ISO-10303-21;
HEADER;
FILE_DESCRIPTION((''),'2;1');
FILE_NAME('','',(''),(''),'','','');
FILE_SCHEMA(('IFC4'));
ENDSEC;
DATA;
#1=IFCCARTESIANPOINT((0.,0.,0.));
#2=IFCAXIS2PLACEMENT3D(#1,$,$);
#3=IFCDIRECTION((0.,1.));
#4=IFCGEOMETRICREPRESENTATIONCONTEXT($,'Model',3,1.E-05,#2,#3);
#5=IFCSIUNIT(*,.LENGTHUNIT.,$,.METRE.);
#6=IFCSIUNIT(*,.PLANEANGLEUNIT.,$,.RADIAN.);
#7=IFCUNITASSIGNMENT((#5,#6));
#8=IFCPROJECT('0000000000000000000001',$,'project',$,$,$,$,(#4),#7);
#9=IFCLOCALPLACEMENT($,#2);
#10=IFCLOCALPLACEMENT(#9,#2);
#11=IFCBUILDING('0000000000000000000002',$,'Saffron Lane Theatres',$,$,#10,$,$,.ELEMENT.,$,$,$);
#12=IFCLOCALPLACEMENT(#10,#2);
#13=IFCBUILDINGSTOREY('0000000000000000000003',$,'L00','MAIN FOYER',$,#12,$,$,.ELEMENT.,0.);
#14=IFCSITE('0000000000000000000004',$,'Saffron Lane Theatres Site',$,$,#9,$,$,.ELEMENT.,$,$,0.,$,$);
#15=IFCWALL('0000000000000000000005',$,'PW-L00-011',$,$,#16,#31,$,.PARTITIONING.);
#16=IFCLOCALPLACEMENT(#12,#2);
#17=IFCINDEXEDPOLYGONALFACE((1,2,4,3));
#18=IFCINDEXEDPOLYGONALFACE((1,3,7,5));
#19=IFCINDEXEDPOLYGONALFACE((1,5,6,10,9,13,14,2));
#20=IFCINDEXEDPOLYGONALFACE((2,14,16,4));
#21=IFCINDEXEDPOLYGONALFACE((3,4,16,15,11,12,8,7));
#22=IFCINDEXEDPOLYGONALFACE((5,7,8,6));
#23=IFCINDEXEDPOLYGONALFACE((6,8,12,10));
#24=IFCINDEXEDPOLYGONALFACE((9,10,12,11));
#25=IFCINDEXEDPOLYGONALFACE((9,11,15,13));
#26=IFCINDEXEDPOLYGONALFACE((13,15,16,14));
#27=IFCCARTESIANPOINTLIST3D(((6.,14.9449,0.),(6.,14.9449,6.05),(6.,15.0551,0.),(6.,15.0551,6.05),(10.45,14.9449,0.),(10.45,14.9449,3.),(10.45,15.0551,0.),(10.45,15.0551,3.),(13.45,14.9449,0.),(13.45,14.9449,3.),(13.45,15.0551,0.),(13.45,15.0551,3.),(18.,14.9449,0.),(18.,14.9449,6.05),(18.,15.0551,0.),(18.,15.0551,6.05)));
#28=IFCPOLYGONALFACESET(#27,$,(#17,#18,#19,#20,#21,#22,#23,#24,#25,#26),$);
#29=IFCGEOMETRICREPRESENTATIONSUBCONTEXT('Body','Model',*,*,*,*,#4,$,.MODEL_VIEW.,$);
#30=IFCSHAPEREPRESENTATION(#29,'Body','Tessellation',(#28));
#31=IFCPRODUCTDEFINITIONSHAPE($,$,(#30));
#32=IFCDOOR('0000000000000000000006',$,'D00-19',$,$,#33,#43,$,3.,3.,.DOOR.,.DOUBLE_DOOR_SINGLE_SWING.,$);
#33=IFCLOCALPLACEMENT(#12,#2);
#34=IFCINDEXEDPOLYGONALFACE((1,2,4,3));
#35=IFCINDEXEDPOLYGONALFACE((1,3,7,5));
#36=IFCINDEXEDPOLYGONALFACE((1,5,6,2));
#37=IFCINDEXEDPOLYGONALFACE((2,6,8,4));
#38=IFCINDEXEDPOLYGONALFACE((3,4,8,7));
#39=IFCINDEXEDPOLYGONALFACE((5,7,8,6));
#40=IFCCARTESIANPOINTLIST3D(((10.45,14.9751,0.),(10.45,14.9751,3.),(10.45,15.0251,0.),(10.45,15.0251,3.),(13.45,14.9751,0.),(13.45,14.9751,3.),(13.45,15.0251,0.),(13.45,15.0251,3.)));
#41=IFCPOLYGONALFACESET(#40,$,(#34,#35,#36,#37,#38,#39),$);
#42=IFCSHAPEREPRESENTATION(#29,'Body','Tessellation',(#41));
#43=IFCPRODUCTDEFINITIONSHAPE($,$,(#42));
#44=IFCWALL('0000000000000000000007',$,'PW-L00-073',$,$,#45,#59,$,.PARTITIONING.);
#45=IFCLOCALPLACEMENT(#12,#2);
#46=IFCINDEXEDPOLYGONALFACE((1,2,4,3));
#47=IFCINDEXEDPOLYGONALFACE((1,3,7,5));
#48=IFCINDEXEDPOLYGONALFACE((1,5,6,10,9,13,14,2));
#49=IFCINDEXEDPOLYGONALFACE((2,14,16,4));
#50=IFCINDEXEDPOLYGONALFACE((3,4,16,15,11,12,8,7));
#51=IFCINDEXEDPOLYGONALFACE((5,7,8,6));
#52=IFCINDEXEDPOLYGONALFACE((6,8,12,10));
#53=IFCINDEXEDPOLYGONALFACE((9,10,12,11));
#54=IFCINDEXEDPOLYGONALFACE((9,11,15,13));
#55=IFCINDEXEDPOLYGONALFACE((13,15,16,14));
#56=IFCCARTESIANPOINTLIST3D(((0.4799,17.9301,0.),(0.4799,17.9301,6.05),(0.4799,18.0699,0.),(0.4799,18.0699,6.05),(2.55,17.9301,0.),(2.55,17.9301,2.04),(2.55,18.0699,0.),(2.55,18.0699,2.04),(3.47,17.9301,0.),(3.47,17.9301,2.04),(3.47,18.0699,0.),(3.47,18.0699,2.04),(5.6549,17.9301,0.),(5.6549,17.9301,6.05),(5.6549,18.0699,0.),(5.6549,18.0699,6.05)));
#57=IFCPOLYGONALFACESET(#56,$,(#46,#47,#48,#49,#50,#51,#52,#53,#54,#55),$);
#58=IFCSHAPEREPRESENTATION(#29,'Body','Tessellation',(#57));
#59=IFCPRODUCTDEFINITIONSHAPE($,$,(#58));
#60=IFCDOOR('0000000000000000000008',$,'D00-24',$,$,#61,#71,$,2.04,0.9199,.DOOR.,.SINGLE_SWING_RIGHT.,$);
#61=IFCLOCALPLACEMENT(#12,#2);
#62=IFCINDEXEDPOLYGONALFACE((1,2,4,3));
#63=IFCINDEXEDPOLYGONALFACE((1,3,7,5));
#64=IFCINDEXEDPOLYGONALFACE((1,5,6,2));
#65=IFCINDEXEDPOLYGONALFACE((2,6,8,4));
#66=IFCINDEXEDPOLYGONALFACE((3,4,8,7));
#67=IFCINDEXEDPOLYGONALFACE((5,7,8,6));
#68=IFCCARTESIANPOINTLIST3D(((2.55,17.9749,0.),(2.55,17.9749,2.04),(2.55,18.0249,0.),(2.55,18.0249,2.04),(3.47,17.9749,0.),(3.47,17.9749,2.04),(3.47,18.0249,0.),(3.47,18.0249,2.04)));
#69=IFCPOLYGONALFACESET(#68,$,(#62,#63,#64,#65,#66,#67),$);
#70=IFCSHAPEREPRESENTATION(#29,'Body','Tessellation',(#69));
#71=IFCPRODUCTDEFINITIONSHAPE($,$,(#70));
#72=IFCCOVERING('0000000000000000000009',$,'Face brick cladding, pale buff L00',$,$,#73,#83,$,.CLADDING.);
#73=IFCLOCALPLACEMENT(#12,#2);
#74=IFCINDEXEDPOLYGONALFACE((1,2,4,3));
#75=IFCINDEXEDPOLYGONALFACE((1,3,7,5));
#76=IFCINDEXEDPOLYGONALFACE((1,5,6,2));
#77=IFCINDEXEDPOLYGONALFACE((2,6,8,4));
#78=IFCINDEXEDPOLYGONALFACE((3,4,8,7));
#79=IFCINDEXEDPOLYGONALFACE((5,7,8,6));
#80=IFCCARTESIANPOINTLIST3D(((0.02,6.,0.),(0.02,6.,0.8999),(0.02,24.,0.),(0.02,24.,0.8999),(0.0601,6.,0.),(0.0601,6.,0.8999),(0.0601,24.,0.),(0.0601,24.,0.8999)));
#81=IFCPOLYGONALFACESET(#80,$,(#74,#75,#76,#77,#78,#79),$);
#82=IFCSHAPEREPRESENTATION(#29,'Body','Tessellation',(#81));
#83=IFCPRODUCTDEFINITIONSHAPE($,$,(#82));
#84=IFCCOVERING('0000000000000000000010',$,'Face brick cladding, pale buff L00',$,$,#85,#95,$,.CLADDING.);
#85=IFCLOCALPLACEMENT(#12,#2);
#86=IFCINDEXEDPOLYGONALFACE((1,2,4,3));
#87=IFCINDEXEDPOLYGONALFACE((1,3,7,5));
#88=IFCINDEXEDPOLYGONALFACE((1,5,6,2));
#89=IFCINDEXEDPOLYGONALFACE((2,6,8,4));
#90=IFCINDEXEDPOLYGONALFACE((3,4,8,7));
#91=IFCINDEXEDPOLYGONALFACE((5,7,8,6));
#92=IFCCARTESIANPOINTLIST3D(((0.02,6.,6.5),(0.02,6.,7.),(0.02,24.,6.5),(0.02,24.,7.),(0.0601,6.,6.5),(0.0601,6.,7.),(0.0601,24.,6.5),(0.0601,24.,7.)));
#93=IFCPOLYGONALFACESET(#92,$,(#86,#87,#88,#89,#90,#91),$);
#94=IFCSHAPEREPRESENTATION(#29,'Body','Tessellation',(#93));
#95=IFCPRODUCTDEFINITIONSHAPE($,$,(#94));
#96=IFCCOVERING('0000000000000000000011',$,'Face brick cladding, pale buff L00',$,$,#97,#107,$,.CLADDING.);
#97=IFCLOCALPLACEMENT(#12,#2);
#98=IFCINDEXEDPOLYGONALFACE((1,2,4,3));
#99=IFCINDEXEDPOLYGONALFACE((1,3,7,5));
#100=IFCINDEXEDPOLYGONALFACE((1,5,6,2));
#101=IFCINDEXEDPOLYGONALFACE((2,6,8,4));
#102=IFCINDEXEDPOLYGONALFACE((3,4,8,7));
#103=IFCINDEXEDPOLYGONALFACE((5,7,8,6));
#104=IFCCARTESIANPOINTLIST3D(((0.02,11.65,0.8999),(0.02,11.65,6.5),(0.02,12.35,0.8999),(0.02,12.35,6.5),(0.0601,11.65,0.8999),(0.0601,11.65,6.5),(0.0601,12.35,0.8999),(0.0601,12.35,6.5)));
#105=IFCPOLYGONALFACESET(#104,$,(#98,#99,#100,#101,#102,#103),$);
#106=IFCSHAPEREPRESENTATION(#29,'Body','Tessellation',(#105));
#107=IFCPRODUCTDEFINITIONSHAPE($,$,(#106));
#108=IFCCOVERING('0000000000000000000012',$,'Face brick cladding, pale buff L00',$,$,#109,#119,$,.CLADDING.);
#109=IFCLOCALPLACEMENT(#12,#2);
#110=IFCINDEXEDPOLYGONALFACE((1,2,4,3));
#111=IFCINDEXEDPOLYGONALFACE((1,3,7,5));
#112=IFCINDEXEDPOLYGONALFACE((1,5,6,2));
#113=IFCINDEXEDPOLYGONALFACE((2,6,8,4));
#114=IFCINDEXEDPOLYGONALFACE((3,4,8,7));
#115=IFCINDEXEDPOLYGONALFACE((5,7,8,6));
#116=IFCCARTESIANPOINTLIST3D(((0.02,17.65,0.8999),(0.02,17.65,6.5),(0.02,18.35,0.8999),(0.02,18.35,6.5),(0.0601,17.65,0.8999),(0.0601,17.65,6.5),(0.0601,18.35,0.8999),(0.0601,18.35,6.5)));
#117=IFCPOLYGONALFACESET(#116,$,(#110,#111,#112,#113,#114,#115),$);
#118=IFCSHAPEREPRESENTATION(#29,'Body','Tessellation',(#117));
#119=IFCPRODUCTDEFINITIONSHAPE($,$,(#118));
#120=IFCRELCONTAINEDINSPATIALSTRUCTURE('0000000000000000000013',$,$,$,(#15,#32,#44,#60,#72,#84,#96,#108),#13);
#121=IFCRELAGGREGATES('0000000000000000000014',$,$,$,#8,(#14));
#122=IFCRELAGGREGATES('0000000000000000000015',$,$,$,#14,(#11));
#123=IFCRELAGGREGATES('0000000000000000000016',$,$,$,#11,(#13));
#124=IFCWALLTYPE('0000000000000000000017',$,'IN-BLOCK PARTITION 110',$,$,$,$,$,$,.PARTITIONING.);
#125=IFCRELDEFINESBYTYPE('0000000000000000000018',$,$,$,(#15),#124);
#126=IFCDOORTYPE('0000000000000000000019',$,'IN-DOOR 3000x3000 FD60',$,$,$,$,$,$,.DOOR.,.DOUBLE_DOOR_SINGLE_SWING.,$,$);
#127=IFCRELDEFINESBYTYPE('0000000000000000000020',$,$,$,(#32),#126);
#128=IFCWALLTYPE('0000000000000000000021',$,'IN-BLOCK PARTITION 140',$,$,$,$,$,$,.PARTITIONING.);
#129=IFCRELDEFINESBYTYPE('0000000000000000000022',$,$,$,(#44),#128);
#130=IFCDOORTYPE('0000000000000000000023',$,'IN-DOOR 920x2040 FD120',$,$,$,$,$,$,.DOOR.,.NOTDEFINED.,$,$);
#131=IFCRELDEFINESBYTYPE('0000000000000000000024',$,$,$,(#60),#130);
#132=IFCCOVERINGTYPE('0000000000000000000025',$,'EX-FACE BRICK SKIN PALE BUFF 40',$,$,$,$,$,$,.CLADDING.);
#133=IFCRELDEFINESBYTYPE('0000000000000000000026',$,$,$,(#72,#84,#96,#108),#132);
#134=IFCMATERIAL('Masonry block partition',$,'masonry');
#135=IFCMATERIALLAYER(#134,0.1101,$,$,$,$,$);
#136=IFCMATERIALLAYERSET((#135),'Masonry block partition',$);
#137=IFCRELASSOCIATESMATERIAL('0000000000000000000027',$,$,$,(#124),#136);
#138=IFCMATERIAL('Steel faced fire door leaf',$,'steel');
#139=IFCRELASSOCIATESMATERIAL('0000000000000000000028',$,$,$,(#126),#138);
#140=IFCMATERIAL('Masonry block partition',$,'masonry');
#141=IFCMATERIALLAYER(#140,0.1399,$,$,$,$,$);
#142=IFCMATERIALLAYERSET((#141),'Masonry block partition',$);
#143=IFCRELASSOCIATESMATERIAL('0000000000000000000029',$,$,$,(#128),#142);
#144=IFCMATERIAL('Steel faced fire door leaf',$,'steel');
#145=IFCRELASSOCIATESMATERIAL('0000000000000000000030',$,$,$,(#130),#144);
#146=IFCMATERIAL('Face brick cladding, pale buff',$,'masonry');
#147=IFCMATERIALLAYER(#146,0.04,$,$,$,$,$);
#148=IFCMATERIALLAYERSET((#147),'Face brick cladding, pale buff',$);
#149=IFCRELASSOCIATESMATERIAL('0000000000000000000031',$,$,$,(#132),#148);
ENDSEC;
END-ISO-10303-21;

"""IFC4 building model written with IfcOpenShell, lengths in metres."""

from ifc_helpers import new_model, si_unit, direction, frame, frame_2d, origin, origin_2d, place, context, subcontext, project, spatial, rectangle, extrude, material, layer, layer_set, type_object, element, fill, save


model = new_model("IFC4")

# Units and contexts
model_context = context("Model", 3, precision=1e-05, world=origin(), true_north=direction((0.0, 1.0)))
body_context = subcontext(model_context, "Body", "Model", "MODEL_VIEW")
ifc_project = project(units=[si_unit("LENGTHUNIT", "METRE"), si_unit("PLANEANGLEUNIT", "RADIAN")], contexts=[model_context])

# Site, building, storey
site_placement = place(None, origin())
site = spatial("IfcSite", under=ifc_project, at=site_placement, Name="Saffron Lane Theatres Site", CompositionType="ELEMENT", RefElevation=0.0)
building_placement = place(site_placement, origin())
building = spatial("IfcBuilding", under=site, at=building_placement, Name="Saffron Lane Theatres", CompositionType="ELEMENT")
storey_placement = place(building_placement, origin())
storey = spatial("IfcBuildingStorey", under=building, at=storey_placement, Name="L00", Description="MAIN FOYER", CompositionType="ELEMENT", Elevation=0.0)

# Shared definitions
ifc_material_1 = material(Name="Masonry block partition", Category="masonry")
ifc_layer_1 = layer(ifc_material_1, 0.1101)
ifc_layer_set_1 = layer_set([ifc_layer_1], Name="Masonry block partition")
wall_type_1 = type_object("IfcWallType", Name="IN-BLOCK PARTITION 110", PredefinedType="PARTITIONING", material=ifc_layer_set_1)

# Walls, openings, doors
wall_1_placement = place(storey_placement, frame((6.0, 15.0, 0.0), z_axis=(0.0, 0.0, 1.0), x_axis=(1.0, 0.0, 0.0)))
wall_1 = element("IfcWall", 1, at=wall_1_placement, inside=storey, type_object=wall_type_1, Name="PW-L00-011", PredefinedType="PARTITIONING", context=body_context, shape_type="SweptSolid", body=[
    extrude(rectangle(XDim=12.0, YDim=0.1101, at=frame_2d((6.0, 0.0))), origin(), (0.0, 0.0, 1.0), 6.05),
])
opening_1_placement = place(wall_1_placement, frame((4.45, 0.0, 0.0)))
opening_1 = element("IfcOpeningElement", 2, at=opening_1_placement, cuts=wall_1, PredefinedType="OPENING", context=body_context, shape_type="SweptSolid", body=[
    extrude(rectangle(XDim=3.0, YDim=3.0, at=frame_2d((1.5, 1.5))), frame((0.0, 0.0649, 0.0), z_axis=(0.0, -1.0, 0.0), x_axis=(1.0, 0.0, 0.0)), (0.0, 0.0, 1.0), 0.1301),
])
ifc_material_2 = material(Name="Steel faced fire door leaf", Category="steel")
door_type_1 = type_object("IfcDoorType", Name="IN-DOOR 3000x3000 FD60", OperationType="DOUBLE_DOOR_SINGLE_SWING", PredefinedType="DOOR", material=ifc_material_2)
door_1_placement = place(opening_1_placement, frame((3.0, 0.0, 0.0), z_axis=(0.0, 0.0, 1.0), x_axis=(-1.0, 0.0, 0.0)))
door_1 = element("IfcDoor", 3, at=door_1_placement, inside=storey, type_object=door_type_1, Name="D00-19", OperationType="DOUBLE_DOOR_SINGLE_SWING", OverallHeight=3.0, OverallWidth=3.0, PredefinedType="DOOR", context=body_context, shape_type="SweptSolid", body=[
    extrude(rectangle(XDim=3.0, YDim=3.0, at=frame_2d((1.5, 1.5))), frame((0.0, 0.0249, 0.0), z_axis=(0.0, -1.0, 0.0), x_axis=(1.0, 0.0, 0.0)), (0.0, 0.0, 1.0), 0.05),
])
fill(opening_1, door_1)
ifc_material_3 = material(Name="Masonry block partition", Category="masonry")
ifc_layer_2 = layer(ifc_material_3, 0.1399)
ifc_layer_set_2 = layer_set([ifc_layer_2], Name="Masonry block partition")
wall_type_2 = type_object("IfcWallType", Name="IN-BLOCK PARTITION 140", PredefinedType="PARTITIONING", material=ifc_layer_set_2)
wall_2_placement = place(storey_placement, frame((0.48, 18.0, 0.0), z_axis=(0.0, 0.0, 1.0), x_axis=(1.0, 0.0, 0.0)))
wall_2 = element("IfcWall", 4, at=wall_2_placement, inside=storey, type_object=wall_type_2, Name="PW-L00-073", PredefinedType="PARTITIONING", context=body_context, shape_type="SweptSolid", body=[
    extrude(rectangle(XDim=5.175, YDim=0.1399, at=frame_2d((2.5874, 0.0))), origin(), (0.0, 0.0, 1.0), 6.05),
])
opening_2_placement = place(wall_2_placement, frame((2.0701, 0.0, 0.0)))
opening_2 = element("IfcOpeningElement", 5, at=opening_2_placement, cuts=wall_2, PredefinedType="OPENING", context=body_context, shape_type="SweptSolid", body=[
    extrude(rectangle(XDim=0.9199, YDim=2.04, at=frame_2d((0.46, 1.02))), frame((0.0, 0.0801, 0.0), z_axis=(0.0, -1.0, 0.0), x_axis=(1.0, 0.0, 0.0)), (0.0, 0.0, 1.0), 0.1599),
])
ifc_material_4 = material(Name="Steel faced fire door leaf", Category="steel")
door_type_2 = type_object("IfcDoorType", Name="IN-DOOR 920x2040 FD120", OperationType="NOTDEFINED", PredefinedType="DOOR", material=ifc_material_4)
door_2_placement = place(opening_2_placement, origin())
door_2 = element("IfcDoor", 6, at=door_2_placement, inside=storey, type_object=door_type_2, Name="D00-24", OperationType="SINGLE_SWING_RIGHT", OverallHeight=2.04, OverallWidth=0.9199, PredefinedType="DOOR", context=body_context, shape_type="SweptSolid", body=[
    extrude(rectangle(XDim=0.9199, YDim=2.04, at=frame_2d((0.46, 1.02))), frame((0.0, 0.0249, 0.0), z_axis=(0.0, -1.0, 0.0), x_axis=(1.0, 0.0, 0.0)), (0.0, 0.0, 1.0), 0.05),
])
fill(opening_2, door_2)

# Coverings
ifc_material_5 = material(Name="Face brick cladding, pale buff", Category="masonry")
ifc_layer_3 = layer(ifc_material_5, 0.04)
ifc_layer_set_3 = layer_set([ifc_layer_3], Name="Face brick cladding, pale buff")
covering_type_1 = type_object("IfcCoveringType", Name="EX-FACE BRICK SKIN PALE BUFF 40", PredefinedType="CLADDING", material=ifc_layer_set_3)
covering_1_placement = place(storey_placement, frame((0.04, 15.0, 0.0), z_axis=(0.0, 0.0, 1.0), x_axis=(0.0, 1.0, 0.0)))
element("IfcCovering", 7, at=covering_1_placement, inside=storey, type_object=covering_type_1, Name="Face brick cladding, pale buff L00", PredefinedType="CLADDING", context=body_context, shape_type="SweptSolid", body=[
    extrude(rectangle(XDim=18.0, YDim=0.04, at=origin_2d()), origin(), (0.0, 0.0, 1.0), 0.8999),
])
covering_2_placement = place(storey_placement, frame((0.04, 15.0, 6.5), z_axis=(0.0, 0.0, 1.0), x_axis=(0.0, 1.0, 0.0)))
element("IfcCovering", 8, at=covering_2_placement, inside=storey, type_object=covering_type_1, Name="Face brick cladding, pale buff L00", PredefinedType="CLADDING", context=body_context, shape_type="SweptSolid", body=[
    extrude(rectangle(XDim=18.0, YDim=0.04, at=origin_2d()), origin(), (0.0, 0.0, 1.0), 0.5),
])
for number, where, z_axis, x_axis, name in (
    (9, (0.04, 12.0, 0.8999), (0.0, 0.0, 1.0), (0.0, 1.0, 0.0), "Face brick cladding, pale buff L00"),
    (10, (0.04, 18.0, 0.8999), (0.0, 0.0, 1.0), (0.0, 1.0, 0.0), "Face brick cladding, pale buff L00"),
):
    element("IfcCovering", number, at=place(storey_placement, frame(where, z_axis=z_axis, x_axis=x_axis)), inside=storey, type_object=covering_type_1, Name=name, PredefinedType="CLADDING", context=body_context, shape_type="SweptSolid", body=[
        extrude(rectangle(XDim=0.7, YDim=0.04, at=origin_2d()), origin(), (0.0, 0.0, 1.0), 5.6001),
    ])

save(model, "model.ifc")
